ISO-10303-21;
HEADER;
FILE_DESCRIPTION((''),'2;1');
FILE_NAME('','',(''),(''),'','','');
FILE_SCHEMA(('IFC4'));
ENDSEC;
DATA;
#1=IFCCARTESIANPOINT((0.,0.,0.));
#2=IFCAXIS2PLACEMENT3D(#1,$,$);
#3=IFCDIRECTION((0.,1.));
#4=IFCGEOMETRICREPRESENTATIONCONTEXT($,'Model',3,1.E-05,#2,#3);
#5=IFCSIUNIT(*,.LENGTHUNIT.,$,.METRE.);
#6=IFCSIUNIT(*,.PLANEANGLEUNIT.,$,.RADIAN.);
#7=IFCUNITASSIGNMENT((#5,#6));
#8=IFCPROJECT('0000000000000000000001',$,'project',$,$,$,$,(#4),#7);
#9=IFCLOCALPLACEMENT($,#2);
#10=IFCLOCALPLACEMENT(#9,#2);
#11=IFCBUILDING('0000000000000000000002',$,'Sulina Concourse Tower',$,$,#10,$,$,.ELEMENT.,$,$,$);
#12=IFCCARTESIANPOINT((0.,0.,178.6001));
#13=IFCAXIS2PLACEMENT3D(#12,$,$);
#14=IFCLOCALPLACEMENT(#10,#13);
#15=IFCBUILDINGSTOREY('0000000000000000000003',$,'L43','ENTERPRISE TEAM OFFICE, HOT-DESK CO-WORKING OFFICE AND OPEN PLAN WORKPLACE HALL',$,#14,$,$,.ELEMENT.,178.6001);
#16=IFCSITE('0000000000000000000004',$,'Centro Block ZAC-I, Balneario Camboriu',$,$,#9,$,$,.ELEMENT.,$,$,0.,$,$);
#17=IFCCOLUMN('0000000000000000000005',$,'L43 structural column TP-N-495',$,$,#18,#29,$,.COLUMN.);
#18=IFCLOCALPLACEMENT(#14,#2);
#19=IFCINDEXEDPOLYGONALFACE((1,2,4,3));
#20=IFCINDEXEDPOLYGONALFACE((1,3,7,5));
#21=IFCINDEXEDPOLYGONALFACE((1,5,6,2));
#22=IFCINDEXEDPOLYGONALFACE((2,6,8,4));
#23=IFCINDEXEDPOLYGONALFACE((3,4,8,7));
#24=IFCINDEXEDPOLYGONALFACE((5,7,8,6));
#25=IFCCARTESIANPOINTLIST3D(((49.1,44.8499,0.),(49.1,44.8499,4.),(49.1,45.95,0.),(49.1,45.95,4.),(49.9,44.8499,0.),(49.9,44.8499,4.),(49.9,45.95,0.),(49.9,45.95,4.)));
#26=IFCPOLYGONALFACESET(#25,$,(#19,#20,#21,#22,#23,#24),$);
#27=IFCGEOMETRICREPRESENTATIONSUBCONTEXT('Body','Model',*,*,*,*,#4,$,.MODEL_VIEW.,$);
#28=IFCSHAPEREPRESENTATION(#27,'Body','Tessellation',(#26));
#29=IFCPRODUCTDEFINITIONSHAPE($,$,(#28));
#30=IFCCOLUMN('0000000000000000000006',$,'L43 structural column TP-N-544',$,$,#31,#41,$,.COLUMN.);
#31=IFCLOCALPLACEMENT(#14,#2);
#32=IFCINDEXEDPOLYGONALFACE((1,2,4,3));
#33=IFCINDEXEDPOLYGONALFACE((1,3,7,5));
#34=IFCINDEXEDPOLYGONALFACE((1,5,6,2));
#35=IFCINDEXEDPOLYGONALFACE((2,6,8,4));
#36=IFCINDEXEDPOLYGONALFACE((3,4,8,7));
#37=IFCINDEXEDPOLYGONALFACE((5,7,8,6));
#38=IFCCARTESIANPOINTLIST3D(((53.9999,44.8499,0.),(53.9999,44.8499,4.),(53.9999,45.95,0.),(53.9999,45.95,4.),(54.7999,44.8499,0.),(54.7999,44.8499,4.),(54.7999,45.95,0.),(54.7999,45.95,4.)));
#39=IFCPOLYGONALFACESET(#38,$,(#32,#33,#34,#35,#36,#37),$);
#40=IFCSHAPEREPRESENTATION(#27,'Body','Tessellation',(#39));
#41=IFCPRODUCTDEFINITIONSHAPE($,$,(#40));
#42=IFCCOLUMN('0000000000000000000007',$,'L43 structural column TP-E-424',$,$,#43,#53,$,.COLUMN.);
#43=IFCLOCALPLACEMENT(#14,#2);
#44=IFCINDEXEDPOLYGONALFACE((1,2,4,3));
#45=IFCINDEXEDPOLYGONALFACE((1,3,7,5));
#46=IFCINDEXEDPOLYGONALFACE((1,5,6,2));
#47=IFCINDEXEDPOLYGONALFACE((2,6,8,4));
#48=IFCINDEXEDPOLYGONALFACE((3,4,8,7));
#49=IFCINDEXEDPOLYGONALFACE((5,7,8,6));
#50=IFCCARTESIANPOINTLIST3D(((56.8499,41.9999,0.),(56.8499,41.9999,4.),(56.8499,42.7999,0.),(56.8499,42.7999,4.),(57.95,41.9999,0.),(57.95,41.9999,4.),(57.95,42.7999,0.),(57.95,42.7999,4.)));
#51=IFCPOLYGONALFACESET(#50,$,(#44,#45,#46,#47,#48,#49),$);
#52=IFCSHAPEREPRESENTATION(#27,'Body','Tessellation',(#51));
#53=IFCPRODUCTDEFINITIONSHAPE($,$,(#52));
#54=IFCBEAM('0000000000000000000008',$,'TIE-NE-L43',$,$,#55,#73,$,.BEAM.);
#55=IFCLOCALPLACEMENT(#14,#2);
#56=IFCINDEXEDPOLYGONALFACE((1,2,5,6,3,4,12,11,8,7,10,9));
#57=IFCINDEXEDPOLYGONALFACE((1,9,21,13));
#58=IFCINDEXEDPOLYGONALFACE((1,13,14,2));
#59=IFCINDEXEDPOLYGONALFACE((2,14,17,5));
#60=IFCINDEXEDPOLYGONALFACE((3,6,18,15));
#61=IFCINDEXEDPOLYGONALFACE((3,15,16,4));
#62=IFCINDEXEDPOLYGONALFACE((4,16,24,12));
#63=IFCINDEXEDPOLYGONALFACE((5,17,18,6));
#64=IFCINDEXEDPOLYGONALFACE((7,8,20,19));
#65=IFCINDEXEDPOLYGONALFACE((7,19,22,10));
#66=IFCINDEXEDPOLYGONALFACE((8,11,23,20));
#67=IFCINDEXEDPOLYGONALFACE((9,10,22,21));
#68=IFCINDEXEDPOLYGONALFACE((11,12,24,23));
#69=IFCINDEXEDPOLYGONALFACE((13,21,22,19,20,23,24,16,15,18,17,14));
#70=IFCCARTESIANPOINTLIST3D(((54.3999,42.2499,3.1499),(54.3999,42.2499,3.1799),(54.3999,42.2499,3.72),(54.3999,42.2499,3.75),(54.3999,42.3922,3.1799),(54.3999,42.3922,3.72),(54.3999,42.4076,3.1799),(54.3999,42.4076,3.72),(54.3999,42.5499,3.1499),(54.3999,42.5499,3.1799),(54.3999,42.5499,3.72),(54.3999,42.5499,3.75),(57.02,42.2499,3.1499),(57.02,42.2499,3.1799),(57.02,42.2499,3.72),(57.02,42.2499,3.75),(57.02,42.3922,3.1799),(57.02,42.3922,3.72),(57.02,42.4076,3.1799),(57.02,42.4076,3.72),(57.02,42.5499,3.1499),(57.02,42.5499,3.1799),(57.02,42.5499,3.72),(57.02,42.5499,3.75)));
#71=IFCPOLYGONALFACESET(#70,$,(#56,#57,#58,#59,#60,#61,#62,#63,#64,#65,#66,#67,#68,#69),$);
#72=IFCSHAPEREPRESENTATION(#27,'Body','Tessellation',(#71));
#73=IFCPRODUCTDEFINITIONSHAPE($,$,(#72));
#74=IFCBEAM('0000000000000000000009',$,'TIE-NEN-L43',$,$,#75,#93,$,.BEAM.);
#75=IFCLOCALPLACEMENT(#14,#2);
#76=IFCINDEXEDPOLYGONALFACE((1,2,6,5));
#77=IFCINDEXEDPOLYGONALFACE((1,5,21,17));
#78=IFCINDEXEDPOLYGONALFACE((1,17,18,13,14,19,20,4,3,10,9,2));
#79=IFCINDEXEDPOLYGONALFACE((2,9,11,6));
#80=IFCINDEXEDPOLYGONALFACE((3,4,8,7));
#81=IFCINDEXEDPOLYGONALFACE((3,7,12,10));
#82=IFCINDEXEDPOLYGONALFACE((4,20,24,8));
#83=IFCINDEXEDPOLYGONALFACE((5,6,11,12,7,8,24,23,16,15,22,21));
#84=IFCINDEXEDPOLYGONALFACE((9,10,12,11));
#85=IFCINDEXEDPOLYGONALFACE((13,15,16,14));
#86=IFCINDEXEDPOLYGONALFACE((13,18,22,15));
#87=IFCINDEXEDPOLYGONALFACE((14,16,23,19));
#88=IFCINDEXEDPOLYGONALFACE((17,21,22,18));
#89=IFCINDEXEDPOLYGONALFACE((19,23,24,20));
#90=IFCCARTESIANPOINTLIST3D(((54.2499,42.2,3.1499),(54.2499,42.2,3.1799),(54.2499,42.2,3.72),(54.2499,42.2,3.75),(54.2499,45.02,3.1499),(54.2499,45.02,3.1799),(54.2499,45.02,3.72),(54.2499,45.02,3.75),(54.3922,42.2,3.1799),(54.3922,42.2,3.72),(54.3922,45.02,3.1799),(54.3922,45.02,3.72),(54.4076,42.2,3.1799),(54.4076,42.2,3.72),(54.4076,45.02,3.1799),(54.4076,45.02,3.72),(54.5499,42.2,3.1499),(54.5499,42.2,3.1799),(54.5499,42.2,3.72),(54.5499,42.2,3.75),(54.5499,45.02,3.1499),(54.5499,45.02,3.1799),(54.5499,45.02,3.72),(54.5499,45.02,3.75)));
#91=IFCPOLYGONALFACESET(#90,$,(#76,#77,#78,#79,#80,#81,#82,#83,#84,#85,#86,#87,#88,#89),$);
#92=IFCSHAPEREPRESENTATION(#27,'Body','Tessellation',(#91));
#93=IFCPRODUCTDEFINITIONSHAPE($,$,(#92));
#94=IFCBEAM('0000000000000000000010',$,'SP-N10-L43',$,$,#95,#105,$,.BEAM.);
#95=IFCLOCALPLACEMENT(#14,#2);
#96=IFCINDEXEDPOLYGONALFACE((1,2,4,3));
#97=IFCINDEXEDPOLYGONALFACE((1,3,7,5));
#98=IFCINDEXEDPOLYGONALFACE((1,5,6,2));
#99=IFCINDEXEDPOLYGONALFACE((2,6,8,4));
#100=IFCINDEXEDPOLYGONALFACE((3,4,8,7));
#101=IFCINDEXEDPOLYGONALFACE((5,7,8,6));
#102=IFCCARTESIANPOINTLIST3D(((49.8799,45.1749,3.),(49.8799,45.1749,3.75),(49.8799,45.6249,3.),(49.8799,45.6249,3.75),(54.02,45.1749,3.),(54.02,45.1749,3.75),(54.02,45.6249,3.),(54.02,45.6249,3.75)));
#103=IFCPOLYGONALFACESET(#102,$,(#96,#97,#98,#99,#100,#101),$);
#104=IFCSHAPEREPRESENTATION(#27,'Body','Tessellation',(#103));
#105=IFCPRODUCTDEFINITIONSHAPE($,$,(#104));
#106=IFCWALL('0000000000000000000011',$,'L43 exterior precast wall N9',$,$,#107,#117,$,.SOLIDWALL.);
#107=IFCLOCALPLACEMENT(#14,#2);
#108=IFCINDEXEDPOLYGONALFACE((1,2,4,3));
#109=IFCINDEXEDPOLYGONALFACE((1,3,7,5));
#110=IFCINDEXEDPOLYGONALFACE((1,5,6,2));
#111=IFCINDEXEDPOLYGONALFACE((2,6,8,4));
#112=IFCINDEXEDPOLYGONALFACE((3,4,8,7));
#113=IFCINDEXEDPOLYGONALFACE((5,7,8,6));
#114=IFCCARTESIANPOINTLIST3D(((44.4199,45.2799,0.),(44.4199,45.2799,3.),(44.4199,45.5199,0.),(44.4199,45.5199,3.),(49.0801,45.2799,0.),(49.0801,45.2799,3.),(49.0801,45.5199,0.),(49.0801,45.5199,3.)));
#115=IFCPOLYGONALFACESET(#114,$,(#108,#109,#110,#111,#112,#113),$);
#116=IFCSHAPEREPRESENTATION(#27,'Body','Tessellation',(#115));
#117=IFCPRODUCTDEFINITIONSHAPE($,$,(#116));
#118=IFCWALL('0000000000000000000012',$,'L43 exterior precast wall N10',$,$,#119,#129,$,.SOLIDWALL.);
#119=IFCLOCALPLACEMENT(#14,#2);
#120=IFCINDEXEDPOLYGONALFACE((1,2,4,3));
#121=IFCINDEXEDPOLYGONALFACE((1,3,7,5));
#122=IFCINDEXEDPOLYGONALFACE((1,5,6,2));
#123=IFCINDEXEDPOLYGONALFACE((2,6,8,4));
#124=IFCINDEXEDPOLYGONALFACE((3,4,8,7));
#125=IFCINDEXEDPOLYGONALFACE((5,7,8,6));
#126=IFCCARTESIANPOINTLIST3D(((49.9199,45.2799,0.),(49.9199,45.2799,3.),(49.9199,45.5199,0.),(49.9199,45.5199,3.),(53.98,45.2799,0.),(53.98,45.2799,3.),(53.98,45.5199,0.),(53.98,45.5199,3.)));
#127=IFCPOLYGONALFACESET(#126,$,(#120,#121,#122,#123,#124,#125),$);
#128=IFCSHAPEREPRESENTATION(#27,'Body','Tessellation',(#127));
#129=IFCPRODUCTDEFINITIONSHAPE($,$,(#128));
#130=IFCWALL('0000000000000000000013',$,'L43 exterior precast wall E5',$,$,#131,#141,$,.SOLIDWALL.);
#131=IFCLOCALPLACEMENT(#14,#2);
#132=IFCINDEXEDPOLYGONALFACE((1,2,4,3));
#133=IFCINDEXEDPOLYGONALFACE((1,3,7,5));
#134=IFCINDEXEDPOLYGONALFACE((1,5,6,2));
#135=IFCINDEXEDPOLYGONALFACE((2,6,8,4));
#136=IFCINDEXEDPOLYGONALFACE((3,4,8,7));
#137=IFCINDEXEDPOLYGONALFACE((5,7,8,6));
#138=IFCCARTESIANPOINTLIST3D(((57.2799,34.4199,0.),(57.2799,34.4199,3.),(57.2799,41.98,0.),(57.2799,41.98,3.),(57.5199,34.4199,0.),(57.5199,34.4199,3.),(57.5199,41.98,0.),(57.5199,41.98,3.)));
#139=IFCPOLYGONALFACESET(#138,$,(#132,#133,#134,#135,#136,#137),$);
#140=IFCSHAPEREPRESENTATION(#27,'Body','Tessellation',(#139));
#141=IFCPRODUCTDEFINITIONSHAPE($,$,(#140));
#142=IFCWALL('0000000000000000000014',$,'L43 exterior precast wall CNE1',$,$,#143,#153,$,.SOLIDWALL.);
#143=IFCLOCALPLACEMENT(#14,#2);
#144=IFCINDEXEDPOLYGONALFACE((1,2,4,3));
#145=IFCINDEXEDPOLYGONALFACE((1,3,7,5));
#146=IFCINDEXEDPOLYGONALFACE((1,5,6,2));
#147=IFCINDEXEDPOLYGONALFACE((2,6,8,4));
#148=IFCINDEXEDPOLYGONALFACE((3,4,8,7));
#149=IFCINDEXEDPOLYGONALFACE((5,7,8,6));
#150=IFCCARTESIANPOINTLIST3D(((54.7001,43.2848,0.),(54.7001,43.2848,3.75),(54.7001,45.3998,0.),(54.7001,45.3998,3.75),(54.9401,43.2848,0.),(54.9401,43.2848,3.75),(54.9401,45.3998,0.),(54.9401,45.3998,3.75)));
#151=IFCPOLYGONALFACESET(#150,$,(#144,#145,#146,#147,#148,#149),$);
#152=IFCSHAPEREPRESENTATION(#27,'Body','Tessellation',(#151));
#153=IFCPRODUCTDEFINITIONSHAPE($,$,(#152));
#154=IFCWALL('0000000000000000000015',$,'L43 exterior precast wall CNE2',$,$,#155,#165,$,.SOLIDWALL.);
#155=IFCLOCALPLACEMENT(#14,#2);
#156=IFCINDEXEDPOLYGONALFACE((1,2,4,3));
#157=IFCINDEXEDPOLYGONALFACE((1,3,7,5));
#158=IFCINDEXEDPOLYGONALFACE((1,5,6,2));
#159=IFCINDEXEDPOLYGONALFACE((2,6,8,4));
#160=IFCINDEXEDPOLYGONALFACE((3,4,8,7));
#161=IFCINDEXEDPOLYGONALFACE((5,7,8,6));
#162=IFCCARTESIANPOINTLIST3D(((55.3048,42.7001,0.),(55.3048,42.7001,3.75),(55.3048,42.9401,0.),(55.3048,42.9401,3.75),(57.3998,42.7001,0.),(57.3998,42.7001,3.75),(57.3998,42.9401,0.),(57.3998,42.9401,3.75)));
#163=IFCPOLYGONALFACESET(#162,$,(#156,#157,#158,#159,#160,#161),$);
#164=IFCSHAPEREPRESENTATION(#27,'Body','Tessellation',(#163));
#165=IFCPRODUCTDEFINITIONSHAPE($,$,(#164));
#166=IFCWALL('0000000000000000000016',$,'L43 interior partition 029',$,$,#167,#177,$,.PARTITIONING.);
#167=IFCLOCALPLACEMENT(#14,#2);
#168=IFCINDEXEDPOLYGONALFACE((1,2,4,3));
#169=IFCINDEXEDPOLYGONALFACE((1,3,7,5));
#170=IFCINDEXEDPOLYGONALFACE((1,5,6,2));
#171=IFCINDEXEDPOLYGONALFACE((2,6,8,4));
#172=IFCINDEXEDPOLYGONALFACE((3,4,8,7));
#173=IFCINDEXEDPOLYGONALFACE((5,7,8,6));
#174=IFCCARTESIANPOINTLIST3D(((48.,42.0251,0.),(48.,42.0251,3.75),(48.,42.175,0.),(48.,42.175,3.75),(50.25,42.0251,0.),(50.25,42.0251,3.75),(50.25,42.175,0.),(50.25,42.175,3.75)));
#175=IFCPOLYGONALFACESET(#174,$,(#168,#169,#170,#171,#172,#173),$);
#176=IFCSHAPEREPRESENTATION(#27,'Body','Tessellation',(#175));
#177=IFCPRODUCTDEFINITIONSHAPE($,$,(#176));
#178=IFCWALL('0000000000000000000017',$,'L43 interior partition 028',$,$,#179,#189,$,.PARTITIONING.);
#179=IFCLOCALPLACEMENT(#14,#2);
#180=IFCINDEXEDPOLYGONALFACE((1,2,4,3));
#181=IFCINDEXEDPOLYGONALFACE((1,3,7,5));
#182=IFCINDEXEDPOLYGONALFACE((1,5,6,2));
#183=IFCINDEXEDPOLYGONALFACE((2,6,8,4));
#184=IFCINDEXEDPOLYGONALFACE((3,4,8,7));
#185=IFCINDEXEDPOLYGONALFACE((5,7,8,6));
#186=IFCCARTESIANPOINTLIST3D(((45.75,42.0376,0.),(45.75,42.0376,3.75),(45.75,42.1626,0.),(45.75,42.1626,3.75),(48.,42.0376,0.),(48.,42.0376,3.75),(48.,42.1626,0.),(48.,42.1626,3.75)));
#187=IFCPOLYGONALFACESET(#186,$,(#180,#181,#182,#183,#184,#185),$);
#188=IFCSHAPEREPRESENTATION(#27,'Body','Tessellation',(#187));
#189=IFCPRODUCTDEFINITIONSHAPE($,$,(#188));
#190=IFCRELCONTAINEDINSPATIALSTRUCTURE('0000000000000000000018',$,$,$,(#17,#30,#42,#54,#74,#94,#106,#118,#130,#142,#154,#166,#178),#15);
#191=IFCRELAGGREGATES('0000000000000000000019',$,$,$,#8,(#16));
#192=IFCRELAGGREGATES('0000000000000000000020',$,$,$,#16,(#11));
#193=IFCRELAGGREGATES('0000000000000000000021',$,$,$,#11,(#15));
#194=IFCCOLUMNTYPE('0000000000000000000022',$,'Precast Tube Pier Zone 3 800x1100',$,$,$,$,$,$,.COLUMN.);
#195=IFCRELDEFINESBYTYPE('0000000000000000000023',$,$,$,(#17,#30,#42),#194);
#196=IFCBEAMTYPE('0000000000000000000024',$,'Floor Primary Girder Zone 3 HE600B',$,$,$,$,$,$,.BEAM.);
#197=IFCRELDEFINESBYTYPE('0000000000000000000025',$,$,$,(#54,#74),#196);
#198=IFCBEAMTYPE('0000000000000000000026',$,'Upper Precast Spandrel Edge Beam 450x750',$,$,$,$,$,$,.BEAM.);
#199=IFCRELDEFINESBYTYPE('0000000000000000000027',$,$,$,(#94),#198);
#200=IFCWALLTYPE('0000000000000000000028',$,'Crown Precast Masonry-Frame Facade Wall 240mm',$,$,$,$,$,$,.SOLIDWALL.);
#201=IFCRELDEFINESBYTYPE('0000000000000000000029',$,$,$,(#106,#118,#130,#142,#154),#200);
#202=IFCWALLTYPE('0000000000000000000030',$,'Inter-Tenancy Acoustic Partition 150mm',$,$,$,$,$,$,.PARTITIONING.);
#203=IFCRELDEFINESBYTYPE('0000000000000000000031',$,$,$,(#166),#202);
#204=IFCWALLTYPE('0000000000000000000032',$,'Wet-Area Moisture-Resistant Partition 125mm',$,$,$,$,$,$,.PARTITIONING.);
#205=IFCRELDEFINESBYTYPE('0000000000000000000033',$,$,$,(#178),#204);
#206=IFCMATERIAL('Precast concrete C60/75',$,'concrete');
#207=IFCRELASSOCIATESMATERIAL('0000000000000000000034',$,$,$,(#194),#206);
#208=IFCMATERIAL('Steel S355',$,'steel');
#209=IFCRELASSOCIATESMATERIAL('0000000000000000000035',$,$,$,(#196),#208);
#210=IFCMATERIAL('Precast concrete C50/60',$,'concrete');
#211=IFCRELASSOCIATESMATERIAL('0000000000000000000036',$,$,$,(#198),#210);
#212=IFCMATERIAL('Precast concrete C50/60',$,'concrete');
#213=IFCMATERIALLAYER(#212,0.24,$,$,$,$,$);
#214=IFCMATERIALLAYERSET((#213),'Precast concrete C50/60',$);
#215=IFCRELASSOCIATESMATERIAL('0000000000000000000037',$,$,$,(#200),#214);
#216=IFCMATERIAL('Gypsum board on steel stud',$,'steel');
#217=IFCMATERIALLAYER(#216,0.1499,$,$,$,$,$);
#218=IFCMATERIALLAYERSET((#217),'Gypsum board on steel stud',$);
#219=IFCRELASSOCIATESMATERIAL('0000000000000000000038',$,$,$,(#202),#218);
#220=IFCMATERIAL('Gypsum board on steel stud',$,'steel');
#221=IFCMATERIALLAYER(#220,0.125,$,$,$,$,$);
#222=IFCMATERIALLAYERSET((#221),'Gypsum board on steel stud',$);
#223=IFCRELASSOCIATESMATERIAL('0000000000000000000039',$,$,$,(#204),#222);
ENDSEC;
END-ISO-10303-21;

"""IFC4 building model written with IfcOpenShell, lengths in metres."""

from ifc_helpers import new_model, si_unit, direction, frame, frame_2d, origin, origin_2d, place, context, subcontext, project, spatial, rectangle, i_section, extrude, material, layer, layer_set, material_profile, profile_set, type_object, element, save


model = new_model("IFC4")

# Units and contexts
model_context = context("Model", 3, precision=1e-05, world=origin(), true_north=direction((0.0, 1.0)))
body_context = subcontext(model_context, "Body", "Model", "MODEL_VIEW")
ifc_project = project(units=[si_unit("LENGTHUNIT", "METRE"), si_unit("PLANEANGLEUNIT", "RADIAN")], contexts=[model_context])

# Site, building, storey
site_placement = place(None, origin())
site = spatial("IfcSite", under=ifc_project, at=site_placement, Name="Centro Block ZAC-I, Balneario Camboriu", CompositionType="ELEMENT", RefElevation=0.0)
building_placement = place(site_placement, origin())
building = spatial("IfcBuilding", under=site, at=building_placement, Name="Sulina Concourse Tower", CompositionType="ELEMENT")
storey_placement = place(building_placement, frame((0.0, 0.0, 178.6001)))
storey = spatial("IfcBuildingStorey", under=building, at=storey_placement, Name="L43", Description="ENTERPRISE TEAM OFFICE, HOT-DESK CO-WORKING OFFICE AND OPEN PLAN WORKPLACE HALL", CompositionType="ELEMENT", Elevation=178.6001)

# Columns
ifc_material_1 = material(Name="Precast concrete C60/75", Category="concrete")
ifc_material_profile_1 = material_profile(ifc_material_1, rectangle(XDim=0.8, YDim=1.1001, at=origin_2d()), Name="PC 800x1100")
ifc_profile_set_1 = profile_set([ifc_material_profile_1], Name="Precast concrete C60/75")
column_type = type_object("IfcColumnType", Name="Precast Tube Pier Zone 3 800x1100", PredefinedType="COLUMN", material=ifc_profile_set_1)
for number, where, z_axis, x_axis, name in (
    (1, (49.5, 45.3999, 0.0), (0.0, 0.0, 1.0), (1.0, 0.0, 0.0), "L43 structural column TP-N-495"),
    (2, (54.3999, 45.3999, 0.0), (0.0, 0.0, 1.0), (1.0, 0.0, 0.0), "L43 structural column TP-N-544"),
    (3, (57.3999, 42.3999, 0.0), (0.0, 0.0, 1.0), (0.0, 1.0, 0.0), "L43 structural column TP-E-424"),
):
    element("IfcColumn", number, at=place(storey_placement, frame(where, z_axis=z_axis, x_axis=x_axis)), inside=storey, type_object=column_type, Name=name, PredefinedType="COLUMN", context=body_context, shape_type="SweptSolid", body=[
        extrude(rectangle(XDim=0.8, YDim=1.1001, at=origin_2d()), origin(), (0.0, 0.0, 1.0), 4.0),
    ])

# Beams
ifc_material_2 = material(Name="Steel S355", Category="steel")
ifc_material_profile_2 = material_profile(ifc_material_2, i_section(OverallWidth=0.3, OverallDepth=0.6001, WebThickness=0.0154, FlangeThickness=0.03, at=origin_2d()), Name="HE 600 B")
ifc_profile_set_2 = profile_set([ifc_material_profile_2], Name="Steel S355")
beam_type_1 = type_object("IfcBeamType", Name="Floor Primary Girder Zone 3 HE600B", PredefinedType="BEAM", material=ifc_profile_set_2)
beam_1_placement = place(storey_placement, frame((54.3999, 42.3999, 3.45), z_axis=(1.0, 0.0, 0.0), x_axis=(0.0, 1.0, 0.0)))
element("IfcBeam", 4, at=beam_1_placement, inside=storey, type_object=beam_type_1, Name="TIE-NE-L43", PredefinedType="BEAM", context=body_context, shape_type="SweptSolid", body=[
    extrude(i_section(OverallWidth=0.3, OverallDepth=0.6001, WebThickness=0.0154, FlangeThickness=0.03, at=origin_2d()), origin(), (0.0, 0.0, 1.0), 2.6201),
])
beam_2_placement = place(storey_placement, frame((54.3999, 42.2, 3.45), z_axis=(0.0, 1.0, 0.0), x_axis=(-1.0, 0.0, 0.0)))
element("IfcBeam", 5, at=beam_2_placement, inside=storey, type_object=beam_type_1, Name="TIE-NEN-L43", PredefinedType="BEAM", context=body_context, shape_type="SweptSolid", body=[
    extrude(i_section(OverallWidth=0.3, OverallDepth=0.6001, WebThickness=0.0154, FlangeThickness=0.03, at=origin_2d()), origin(), (0.0, 0.0, 1.0), 2.8201),
])
ifc_material_3 = material(Name="Precast concrete C50/60", Category="concrete")
ifc_material_profile_3 = material_profile(ifc_material_3, rectangle(XDim=0.45, YDim=0.75, at=origin_2d()), Name="RC 450x750")
ifc_profile_set_3 = profile_set([ifc_material_profile_3], Name="Precast concrete C50/60")
beam_type_2 = type_object("IfcBeamType", Name="Upper Precast Spandrel Edge Beam 450x750", PredefinedType="BEAM", material=ifc_profile_set_3)
beam_3_placement = place(storey_placement, frame((49.8799, 45.3999, 3.375), z_axis=(1.0, 0.0, 0.0), x_axis=(0.0, 1.0, 0.0)))
element("IfcBeam", 6, at=beam_3_placement, inside=storey, type_object=beam_type_2, Name="SP-N10-L43", PredefinedType="BEAM", context=body_context, shape_type="SweptSolid", body=[
    extrude(rectangle(XDim=0.45, YDim=0.75, at=origin_2d()), origin(), (0.0, 0.0, 1.0), 4.1401),
])

# Walls
ifc_material_4 = material(Name="Precast concrete C50/60", Category="concrete")
ifc_layer_1 = layer(ifc_material_4, 0.24)
ifc_layer_set_1 = layer_set([ifc_layer_1], Name="Precast concrete C50/60")
wall_type_1 = type_object("IfcWallType", Name="Crown Precast Masonry-Frame Facade Wall 240mm", PredefinedType="SOLIDWALL", material=ifc_layer_set_1)
wall_1_placement = place(storey_placement, frame((44.4199, 45.3999, 0.0), z_axis=(0.0, 0.0, 1.0), x_axis=(1.0, 0.0, 0.0)))
element("IfcWall", 7, at=wall_1_placement, inside=storey, type_object=wall_type_1, Name="L43 exterior precast wall N9", PredefinedType="SOLIDWALL", context=body_context, shape_type="SweptSolid", body=[
    extrude(rectangle(XDim=4.6602, YDim=0.24, at=frame_2d((2.3301, 0.0))), origin(), (0.0, 0.0, 1.0), 3.0),
])
wall_2_placement = place(storey_placement, frame((49.9199, 45.3999, 0.0), z_axis=(0.0, 0.0, 1.0), x_axis=(1.0, 0.0, 0.0)))
element("IfcWall", 8, at=wall_2_placement, inside=storey, type_object=wall_type_1, Name="L43 exterior precast wall N10", PredefinedType="SOLIDWALL", context=body_context, shape_type="SweptSolid", body=[
    extrude(rectangle(XDim=4.0601, YDim=0.24, at=frame_2d((2.03, 0.0))), origin(), (0.0, 0.0, 1.0), 3.0),
])
wall_3_placement = place(storey_placement, frame((57.3999, 41.98, 0.0), z_axis=(0.0, 0.0, 1.0), x_axis=(0.0, -1.0, 0.0)))
element("IfcWall", 9, at=wall_3_placement, inside=storey, type_object=wall_type_1, Name="L43 exterior precast wall E5", PredefinedType="SOLIDWALL", context=body_context, shape_type="SweptSolid", body=[
    extrude(rectangle(XDim=7.5601, YDim=0.24, at=frame_2d((3.78, 0.0))), origin(), (0.0, 0.0, 1.0), 3.0),
])
wall_4_placement = place(storey_placement, frame((54.8201, 45.3999, 0.0), z_axis=(0.0, 0.0, 1.0), x_axis=(0.0, -1.0, 0.0)))
element("IfcWall", 10, at=wall_4_placement, inside=storey, type_object=wall_type_1, Name="L43 exterior precast wall CNE1", PredefinedType="SOLIDWALL", context=body_context, shape_type="SweptSolid", body=[
    extrude(rectangle(XDim=2.115, YDim=0.24, at=frame_2d((1.0576, 0.0))), origin(), (0.0, 0.0, 1.0), 3.75),
])
wall_5_placement = place(storey_placement, frame((55.3049, 42.8201, 0.0), z_axis=(0.0, 0.0, 1.0), x_axis=(1.0, 0.0, 0.0)))
element("IfcWall", 11, at=wall_5_placement, inside=storey, type_object=wall_type_1, Name="L43 exterior precast wall CNE2", PredefinedType="SOLIDWALL", context=body_context, shape_type="SweptSolid", body=[
    extrude(rectangle(XDim=2.095, YDim=0.24, at=frame_2d((1.0474, 0.0))), origin(), (0.0, 0.0, 1.0), 3.75),
])
ifc_material_5 = material(Name="Gypsum board on steel stud", Category="steel")
ifc_layer_2 = layer(ifc_material_5, 0.1499)
ifc_layer_set_2 = layer_set([ifc_layer_2], Name="Gypsum board on steel stud")
wall_type_2 = type_object("IfcWallType", Name="Inter-Tenancy Acoustic Partition 150mm", PredefinedType="PARTITIONING", material=ifc_layer_set_2)
wall_6_placement = place(storey_placement, frame((48.0, 42.1001, 0.0), z_axis=(0.0, 0.0, 1.0), x_axis=(1.0, 0.0, 0.0)))
element("IfcWall", 12, at=wall_6_placement, inside=storey, type_object=wall_type_2, Name="L43 interior partition 029", PredefinedType="PARTITIONING", context=body_context, shape_type="SweptSolid", body=[
    extrude(rectangle(XDim=2.25, YDim=0.1499, at=frame_2d((1.125, 0.0))), origin(), (0.0, 0.0, 1.0), 3.75),
])
ifc_material_6 = material(Name="Gypsum board on steel stud", Category="steel")
ifc_layer_3 = layer(ifc_material_6, 0.125)
ifc_layer_set_3 = layer_set([ifc_layer_3], Name="Gypsum board on steel stud")
wall_type_3 = type_object("IfcWallType", Name="Wet-Area Moisture-Resistant Partition 125mm", PredefinedType="PARTITIONING", material=ifc_layer_set_3)
wall_7_placement = place(storey_placement, frame((45.75, 42.1001, 0.0), z_axis=(0.0, 0.0, 1.0), x_axis=(1.0, 0.0, 0.0)))
element("IfcWall", 13, at=wall_7_placement, inside=storey, type_object=wall_type_3, Name="L43 interior partition 028", PredefinedType="PARTITIONING", context=body_context, shape_type="SweptSolid", body=[
    extrude(rectangle(XDim=2.25, YDim=0.125, at=frame_2d((1.125, 0.0))), origin(), (0.0, 0.0, 1.0), 3.75),
])

save(model, "model.ifc")
